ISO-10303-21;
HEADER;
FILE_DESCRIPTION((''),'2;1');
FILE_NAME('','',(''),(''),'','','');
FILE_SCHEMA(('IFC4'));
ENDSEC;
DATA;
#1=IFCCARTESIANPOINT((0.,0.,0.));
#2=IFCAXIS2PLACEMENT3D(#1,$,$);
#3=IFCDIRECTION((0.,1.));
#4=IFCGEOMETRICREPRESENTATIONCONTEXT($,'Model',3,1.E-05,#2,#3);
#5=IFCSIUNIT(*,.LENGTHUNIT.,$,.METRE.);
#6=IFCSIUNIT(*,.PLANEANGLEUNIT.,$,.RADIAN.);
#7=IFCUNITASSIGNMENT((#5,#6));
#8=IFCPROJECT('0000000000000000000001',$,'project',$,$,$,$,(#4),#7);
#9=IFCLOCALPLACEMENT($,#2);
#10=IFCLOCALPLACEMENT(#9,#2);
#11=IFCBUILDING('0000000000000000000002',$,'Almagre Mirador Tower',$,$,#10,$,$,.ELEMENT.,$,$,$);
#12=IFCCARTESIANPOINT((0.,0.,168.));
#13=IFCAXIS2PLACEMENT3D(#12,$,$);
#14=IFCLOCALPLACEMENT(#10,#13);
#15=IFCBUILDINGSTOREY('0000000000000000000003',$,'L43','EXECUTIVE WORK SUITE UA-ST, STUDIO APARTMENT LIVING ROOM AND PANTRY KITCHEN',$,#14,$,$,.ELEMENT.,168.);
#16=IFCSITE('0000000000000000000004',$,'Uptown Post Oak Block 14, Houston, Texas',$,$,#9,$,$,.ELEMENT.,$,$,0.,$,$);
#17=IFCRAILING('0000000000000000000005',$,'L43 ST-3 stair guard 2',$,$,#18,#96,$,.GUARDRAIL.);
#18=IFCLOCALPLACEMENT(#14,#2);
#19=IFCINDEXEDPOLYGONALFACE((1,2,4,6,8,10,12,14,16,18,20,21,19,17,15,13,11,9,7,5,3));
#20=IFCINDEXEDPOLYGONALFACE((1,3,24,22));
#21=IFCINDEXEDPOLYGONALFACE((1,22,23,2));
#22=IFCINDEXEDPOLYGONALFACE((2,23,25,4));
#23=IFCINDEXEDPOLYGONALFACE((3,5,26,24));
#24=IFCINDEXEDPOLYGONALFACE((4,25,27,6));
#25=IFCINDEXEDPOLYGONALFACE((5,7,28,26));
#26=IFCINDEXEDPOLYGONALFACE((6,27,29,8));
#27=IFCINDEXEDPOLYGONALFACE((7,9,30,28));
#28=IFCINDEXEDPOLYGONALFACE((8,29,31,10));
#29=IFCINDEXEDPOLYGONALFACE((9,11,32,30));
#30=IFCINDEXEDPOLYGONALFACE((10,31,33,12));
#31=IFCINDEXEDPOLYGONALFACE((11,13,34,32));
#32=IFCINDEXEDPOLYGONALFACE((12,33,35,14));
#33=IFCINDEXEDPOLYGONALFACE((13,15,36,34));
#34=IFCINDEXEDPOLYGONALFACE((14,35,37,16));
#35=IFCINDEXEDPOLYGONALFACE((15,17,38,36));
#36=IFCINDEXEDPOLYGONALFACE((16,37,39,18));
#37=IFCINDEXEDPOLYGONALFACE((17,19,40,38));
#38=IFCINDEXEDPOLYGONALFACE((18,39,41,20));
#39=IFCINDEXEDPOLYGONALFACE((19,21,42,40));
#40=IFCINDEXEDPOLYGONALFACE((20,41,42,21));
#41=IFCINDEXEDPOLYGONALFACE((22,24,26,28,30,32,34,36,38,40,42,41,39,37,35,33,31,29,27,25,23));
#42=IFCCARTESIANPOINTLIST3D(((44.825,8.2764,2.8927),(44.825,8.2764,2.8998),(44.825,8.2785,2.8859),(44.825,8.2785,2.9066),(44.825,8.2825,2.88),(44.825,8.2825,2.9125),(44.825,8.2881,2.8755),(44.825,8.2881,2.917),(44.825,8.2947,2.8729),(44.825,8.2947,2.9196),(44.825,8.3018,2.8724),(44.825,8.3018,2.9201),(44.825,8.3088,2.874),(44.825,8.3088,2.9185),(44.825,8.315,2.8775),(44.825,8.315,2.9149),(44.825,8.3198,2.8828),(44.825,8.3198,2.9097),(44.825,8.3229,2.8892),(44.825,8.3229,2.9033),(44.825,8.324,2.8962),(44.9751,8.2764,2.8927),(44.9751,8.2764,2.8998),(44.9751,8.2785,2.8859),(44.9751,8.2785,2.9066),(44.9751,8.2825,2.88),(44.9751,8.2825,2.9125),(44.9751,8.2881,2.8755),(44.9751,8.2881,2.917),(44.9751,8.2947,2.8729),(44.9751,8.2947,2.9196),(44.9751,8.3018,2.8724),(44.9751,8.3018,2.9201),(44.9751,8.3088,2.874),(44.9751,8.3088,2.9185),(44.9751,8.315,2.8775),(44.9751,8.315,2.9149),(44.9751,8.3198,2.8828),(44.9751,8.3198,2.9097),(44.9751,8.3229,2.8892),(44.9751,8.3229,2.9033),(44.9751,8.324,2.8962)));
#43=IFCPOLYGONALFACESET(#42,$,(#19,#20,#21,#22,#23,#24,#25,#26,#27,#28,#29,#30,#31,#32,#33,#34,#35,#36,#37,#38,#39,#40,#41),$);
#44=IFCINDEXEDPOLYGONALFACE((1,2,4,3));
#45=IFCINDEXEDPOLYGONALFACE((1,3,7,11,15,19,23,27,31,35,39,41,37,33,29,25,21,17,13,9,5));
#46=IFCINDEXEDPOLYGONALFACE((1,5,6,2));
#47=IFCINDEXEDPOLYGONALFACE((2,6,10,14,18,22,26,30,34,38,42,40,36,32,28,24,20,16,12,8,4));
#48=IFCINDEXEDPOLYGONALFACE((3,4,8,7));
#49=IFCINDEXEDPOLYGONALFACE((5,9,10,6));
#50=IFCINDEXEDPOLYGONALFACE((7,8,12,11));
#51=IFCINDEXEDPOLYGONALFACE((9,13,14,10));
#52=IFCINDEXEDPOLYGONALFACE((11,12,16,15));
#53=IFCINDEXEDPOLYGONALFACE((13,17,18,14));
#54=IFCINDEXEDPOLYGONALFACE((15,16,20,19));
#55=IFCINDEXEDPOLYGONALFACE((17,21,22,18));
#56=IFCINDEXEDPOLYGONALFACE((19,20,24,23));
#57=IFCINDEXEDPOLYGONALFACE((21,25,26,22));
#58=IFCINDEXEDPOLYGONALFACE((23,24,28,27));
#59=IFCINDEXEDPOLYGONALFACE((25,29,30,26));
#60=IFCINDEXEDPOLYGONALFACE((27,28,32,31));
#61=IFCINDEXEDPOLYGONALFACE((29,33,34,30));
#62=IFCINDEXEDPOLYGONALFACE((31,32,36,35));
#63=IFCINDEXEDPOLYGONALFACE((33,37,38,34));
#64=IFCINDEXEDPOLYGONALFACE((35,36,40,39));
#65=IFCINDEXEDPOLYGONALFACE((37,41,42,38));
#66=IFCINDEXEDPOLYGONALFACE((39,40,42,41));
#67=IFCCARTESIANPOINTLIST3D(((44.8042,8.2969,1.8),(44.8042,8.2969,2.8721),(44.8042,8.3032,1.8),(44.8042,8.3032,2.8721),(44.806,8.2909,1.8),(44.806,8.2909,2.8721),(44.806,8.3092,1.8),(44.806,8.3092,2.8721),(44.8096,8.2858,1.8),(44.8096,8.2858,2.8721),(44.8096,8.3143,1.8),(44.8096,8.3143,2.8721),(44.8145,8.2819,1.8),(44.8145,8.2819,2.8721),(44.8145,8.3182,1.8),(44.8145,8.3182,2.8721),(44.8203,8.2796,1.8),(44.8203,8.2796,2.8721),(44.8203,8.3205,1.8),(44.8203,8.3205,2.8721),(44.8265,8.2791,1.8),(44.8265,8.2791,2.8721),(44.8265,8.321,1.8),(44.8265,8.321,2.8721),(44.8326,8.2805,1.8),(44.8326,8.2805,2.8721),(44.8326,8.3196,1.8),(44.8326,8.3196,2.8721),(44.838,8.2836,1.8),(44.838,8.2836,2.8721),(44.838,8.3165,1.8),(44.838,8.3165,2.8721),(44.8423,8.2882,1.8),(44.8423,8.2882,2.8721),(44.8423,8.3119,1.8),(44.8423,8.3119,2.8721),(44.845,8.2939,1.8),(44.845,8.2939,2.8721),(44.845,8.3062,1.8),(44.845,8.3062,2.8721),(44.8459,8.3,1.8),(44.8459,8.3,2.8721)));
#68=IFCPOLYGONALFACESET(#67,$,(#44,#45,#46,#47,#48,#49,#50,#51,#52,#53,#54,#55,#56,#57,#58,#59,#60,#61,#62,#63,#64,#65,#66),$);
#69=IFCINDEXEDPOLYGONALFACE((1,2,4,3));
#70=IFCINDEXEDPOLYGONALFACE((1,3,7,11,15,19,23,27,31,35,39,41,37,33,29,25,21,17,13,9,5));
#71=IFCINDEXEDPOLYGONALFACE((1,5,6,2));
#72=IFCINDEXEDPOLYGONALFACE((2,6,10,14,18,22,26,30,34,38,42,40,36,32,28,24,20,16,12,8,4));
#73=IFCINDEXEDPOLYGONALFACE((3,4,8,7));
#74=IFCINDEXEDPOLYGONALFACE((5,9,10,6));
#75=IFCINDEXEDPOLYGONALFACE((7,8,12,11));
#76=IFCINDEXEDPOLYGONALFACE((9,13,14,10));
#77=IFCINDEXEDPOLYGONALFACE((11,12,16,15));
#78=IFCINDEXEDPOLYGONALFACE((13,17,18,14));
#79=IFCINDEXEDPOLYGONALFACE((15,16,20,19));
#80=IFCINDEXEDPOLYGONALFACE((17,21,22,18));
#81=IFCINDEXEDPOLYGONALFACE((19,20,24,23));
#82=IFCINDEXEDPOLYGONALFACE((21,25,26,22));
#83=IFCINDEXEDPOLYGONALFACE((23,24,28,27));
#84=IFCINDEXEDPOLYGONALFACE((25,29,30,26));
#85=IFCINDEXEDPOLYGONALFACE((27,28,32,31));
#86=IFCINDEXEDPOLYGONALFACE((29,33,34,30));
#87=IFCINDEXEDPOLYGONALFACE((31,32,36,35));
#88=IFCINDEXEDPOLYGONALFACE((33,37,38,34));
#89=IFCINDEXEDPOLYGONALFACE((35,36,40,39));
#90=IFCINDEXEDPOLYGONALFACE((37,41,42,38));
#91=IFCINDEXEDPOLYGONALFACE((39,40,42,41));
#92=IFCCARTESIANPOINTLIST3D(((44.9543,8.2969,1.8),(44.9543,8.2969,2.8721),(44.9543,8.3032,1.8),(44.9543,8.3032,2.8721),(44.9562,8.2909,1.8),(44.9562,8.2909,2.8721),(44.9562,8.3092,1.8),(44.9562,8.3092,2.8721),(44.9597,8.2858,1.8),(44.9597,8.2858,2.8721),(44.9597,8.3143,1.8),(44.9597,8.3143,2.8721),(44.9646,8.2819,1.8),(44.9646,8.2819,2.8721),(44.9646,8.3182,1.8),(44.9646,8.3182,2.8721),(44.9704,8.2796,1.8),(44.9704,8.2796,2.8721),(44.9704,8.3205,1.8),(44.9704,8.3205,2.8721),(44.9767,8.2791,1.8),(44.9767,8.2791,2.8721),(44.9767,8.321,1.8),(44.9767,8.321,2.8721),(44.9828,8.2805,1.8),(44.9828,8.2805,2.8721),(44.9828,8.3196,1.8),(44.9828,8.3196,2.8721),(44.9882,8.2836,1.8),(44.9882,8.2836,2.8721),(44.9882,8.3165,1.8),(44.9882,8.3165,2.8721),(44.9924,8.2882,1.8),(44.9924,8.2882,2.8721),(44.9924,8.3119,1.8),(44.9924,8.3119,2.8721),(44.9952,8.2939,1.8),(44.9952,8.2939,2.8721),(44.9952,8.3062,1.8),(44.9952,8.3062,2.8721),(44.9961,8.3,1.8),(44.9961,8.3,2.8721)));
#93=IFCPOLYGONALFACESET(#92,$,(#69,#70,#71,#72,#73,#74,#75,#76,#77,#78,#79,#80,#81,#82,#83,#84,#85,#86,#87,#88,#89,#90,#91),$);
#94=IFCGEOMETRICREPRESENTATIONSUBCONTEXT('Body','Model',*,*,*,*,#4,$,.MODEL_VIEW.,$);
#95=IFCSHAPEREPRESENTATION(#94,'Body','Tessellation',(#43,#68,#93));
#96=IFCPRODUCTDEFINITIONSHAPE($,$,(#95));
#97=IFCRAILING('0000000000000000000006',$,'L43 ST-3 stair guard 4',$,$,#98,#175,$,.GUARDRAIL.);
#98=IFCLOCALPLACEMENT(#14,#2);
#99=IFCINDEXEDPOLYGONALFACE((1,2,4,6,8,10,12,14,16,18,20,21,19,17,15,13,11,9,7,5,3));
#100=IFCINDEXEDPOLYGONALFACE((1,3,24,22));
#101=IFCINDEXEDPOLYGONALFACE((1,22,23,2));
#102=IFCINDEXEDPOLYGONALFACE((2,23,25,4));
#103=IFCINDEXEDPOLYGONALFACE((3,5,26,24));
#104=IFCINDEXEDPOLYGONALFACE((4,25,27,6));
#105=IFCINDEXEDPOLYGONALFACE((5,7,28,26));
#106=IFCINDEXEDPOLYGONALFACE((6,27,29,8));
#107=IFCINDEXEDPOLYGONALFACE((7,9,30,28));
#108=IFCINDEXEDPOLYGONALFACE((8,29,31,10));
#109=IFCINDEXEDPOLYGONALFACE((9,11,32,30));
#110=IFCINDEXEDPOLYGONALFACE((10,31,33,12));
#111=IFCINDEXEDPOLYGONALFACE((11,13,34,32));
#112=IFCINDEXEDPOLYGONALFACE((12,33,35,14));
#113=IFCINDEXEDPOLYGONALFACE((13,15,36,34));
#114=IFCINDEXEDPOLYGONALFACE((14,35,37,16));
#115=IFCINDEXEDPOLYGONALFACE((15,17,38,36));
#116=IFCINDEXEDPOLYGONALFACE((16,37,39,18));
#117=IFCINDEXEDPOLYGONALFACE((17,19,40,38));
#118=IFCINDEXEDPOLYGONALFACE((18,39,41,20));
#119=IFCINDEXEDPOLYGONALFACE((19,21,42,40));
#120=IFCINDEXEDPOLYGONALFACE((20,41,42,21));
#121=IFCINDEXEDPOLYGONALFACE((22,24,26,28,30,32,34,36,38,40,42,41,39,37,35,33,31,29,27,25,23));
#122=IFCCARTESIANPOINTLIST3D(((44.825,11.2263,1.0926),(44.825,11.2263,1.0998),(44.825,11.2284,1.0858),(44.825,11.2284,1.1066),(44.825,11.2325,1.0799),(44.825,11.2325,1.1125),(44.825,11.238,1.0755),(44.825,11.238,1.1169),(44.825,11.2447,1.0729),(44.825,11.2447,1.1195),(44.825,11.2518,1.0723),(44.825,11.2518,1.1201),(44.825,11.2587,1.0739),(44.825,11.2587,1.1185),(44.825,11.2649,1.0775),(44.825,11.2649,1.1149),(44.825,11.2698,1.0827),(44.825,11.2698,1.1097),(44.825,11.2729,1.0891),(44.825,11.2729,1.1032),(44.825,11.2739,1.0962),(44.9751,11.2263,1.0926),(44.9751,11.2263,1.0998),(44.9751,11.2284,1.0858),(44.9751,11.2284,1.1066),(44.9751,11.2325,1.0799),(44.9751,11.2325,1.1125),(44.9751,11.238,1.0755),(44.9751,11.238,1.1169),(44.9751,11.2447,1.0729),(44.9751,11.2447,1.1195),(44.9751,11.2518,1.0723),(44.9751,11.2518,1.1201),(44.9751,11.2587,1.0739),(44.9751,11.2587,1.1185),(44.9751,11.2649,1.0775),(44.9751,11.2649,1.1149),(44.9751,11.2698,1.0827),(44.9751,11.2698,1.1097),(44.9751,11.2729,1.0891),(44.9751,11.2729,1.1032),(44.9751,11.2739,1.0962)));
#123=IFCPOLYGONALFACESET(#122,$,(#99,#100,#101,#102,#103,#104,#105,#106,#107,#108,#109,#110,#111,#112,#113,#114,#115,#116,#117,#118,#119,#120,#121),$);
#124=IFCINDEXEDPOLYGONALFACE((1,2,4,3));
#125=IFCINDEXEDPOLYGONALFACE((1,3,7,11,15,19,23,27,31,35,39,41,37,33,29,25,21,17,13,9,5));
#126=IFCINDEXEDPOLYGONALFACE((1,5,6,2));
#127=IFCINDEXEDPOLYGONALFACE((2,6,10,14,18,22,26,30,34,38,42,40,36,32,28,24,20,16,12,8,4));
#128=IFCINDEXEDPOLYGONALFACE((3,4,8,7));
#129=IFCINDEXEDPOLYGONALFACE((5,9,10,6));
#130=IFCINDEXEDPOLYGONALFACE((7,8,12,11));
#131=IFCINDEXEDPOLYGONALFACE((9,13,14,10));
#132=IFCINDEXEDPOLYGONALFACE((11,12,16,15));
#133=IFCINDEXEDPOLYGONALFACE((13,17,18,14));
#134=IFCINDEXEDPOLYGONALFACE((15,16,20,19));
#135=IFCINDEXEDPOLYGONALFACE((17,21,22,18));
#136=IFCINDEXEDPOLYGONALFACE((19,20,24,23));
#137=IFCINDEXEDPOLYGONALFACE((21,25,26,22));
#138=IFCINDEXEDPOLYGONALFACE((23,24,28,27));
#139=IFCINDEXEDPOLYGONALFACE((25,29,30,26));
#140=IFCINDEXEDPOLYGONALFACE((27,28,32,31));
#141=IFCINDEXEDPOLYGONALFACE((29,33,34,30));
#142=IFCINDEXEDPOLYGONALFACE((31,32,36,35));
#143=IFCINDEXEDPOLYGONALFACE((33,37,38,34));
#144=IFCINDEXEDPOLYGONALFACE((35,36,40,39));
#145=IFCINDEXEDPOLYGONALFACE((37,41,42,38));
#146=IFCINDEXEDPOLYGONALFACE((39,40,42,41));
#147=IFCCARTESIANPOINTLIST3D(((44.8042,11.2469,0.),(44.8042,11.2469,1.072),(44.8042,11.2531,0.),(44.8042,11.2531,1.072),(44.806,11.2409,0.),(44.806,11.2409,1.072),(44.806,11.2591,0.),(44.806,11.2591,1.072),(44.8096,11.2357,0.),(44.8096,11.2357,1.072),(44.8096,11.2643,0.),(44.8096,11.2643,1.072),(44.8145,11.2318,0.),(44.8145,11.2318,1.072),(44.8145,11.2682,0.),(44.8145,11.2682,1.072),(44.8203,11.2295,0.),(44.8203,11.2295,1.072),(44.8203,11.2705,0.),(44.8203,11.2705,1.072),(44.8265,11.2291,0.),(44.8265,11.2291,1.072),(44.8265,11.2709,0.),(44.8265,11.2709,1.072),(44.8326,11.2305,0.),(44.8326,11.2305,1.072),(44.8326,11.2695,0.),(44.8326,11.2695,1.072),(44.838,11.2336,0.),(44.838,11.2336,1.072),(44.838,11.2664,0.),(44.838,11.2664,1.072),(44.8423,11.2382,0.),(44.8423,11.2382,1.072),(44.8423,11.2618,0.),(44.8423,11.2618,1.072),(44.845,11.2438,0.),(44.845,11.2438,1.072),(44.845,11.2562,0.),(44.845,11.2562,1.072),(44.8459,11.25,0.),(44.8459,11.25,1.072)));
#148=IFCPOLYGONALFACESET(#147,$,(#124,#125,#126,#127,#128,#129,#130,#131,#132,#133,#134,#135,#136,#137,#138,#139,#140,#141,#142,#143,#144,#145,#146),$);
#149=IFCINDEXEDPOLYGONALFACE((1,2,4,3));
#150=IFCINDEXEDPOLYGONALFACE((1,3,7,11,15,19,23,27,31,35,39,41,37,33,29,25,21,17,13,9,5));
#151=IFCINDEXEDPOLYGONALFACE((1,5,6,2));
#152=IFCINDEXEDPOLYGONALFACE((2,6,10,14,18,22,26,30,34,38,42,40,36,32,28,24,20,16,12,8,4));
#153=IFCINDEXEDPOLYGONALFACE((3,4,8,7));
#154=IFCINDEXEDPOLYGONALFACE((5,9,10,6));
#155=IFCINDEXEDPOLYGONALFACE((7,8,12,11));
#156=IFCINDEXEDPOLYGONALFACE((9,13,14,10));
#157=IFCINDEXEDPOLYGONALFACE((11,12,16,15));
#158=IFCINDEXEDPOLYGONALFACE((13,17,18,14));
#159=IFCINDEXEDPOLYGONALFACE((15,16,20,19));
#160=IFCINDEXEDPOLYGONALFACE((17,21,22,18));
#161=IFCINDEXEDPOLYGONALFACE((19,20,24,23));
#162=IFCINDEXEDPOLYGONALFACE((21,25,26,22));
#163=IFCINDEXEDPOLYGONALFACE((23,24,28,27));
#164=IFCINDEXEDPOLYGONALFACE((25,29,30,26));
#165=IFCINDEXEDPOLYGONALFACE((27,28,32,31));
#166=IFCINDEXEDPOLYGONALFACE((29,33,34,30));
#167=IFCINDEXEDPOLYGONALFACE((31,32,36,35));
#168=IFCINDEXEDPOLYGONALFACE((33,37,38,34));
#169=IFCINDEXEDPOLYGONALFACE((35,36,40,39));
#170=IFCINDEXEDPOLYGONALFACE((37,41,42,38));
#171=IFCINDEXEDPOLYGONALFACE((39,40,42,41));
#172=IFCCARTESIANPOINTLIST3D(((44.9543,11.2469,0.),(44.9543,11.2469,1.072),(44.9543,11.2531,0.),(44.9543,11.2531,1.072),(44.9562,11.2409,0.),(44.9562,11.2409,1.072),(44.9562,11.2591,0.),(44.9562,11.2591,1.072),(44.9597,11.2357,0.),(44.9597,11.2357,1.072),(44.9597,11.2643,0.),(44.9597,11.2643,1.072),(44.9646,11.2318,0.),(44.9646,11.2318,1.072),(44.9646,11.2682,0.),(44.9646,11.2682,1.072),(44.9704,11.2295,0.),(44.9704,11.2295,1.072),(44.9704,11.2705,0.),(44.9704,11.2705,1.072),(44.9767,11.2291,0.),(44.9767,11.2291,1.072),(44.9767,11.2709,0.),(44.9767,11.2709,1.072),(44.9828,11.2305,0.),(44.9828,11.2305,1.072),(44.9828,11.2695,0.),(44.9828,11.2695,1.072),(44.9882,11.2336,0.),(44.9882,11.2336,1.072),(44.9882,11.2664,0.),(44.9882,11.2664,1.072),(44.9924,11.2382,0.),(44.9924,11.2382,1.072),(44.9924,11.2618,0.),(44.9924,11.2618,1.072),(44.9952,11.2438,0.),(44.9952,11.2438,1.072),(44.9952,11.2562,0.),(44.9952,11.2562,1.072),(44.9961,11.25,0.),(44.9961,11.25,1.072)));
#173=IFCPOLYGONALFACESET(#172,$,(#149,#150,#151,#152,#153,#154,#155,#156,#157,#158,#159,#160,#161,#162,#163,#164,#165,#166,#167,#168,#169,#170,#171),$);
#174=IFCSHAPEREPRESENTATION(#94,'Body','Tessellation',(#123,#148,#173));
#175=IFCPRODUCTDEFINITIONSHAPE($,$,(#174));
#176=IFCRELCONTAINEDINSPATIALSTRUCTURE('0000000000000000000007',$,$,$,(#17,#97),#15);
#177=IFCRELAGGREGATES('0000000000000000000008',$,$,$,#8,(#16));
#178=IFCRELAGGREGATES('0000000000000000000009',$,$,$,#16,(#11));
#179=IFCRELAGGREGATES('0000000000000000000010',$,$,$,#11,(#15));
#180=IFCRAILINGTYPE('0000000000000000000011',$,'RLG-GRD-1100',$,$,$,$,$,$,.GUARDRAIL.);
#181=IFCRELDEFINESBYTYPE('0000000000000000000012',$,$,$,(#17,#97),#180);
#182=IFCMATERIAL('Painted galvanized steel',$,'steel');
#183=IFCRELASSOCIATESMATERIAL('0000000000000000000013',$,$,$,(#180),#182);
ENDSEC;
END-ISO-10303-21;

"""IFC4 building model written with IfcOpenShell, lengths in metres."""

from ifc_helpers import new_model, si_unit, direction, frame, origin, origin_2d, place, context, subcontext, project, spatial, circle, extrude, material, type_object, element, save


model = new_model("IFC4")

# Units and contexts
model_context = context("Model", 3, precision=1e-05, world=origin(), true_north=direction((0.0, 1.0)))
body_context = subcontext(model_context, "Body", "Model", "MODEL_VIEW")
ifc_project = project(units=[si_unit("LENGTHUNIT", "METRE"), si_unit("PLANEANGLEUNIT", "RADIAN")], contexts=[model_context])

# Site, building, storey
site_placement = place(None, origin())
site = spatial("IfcSite", under=ifc_project, at=site_placement, Name="Uptown Post Oak Block 14, Houston, Texas", CompositionType="ELEMENT", RefElevation=0.0)
building_placement = place(site_placement, origin())
building = spatial("IfcBuilding", under=site, at=building_placement, Name="Almagre Mirador Tower", CompositionType="ELEMENT")
storey_placement = place(building_placement, frame((0.0, 0.0, 168.0)))
storey = spatial("IfcBuildingStorey", under=building, at=storey_placement, Name="L43", Description="EXECUTIVE WORK SUITE UA-ST, STUDIO APARTMENT LIVING ROOM AND PANTRY KITCHEN", CompositionType="ELEMENT", Elevation=168.0)

# Railings
ifc_material_1 = material(Name="Painted galvanized steel", Category="steel")
railing_type_1 = type_object("IfcRailingType", Name="RLG-GRD-1100", PredefinedType="GUARDRAIL", material=ifc_material_1)
for number, where, name in (
    (1, (44.825, 8.3, 1.8), "L43 ST-3 stair guard 2"),
    (2, (44.825, 11.25, 0.0), "L43 ST-3 stair guard 4"),
):
    element("IfcRailing", number, at=place(storey_placement, frame(where)), inside=storey, type_object=railing_type_1, Name=name, PredefinedType="GUARDRAIL", context=body_context, shape_type="SweptSolid", body=[
        extrude(circle(Radius=0.0239, at=origin_2d()), frame((0.0, 0.0, 1.0962), z_axis=(1.0, 0.0, 0.0), x_axis=(0.0, 1.0, 0.0)), (0.0, 0.0, 1.0), 0.1501),
        extrude(circle(Radius=0.021, at=origin_2d()), origin(), (0.0, 0.0, 1.0), 1.072),
        extrude(circle(Radius=0.021, at=origin_2d()), frame((0.1501, 0.0, 0.0)), (0.0, 0.0, 1.0), 1.072),
    ])

save(model, "model.ifc")
